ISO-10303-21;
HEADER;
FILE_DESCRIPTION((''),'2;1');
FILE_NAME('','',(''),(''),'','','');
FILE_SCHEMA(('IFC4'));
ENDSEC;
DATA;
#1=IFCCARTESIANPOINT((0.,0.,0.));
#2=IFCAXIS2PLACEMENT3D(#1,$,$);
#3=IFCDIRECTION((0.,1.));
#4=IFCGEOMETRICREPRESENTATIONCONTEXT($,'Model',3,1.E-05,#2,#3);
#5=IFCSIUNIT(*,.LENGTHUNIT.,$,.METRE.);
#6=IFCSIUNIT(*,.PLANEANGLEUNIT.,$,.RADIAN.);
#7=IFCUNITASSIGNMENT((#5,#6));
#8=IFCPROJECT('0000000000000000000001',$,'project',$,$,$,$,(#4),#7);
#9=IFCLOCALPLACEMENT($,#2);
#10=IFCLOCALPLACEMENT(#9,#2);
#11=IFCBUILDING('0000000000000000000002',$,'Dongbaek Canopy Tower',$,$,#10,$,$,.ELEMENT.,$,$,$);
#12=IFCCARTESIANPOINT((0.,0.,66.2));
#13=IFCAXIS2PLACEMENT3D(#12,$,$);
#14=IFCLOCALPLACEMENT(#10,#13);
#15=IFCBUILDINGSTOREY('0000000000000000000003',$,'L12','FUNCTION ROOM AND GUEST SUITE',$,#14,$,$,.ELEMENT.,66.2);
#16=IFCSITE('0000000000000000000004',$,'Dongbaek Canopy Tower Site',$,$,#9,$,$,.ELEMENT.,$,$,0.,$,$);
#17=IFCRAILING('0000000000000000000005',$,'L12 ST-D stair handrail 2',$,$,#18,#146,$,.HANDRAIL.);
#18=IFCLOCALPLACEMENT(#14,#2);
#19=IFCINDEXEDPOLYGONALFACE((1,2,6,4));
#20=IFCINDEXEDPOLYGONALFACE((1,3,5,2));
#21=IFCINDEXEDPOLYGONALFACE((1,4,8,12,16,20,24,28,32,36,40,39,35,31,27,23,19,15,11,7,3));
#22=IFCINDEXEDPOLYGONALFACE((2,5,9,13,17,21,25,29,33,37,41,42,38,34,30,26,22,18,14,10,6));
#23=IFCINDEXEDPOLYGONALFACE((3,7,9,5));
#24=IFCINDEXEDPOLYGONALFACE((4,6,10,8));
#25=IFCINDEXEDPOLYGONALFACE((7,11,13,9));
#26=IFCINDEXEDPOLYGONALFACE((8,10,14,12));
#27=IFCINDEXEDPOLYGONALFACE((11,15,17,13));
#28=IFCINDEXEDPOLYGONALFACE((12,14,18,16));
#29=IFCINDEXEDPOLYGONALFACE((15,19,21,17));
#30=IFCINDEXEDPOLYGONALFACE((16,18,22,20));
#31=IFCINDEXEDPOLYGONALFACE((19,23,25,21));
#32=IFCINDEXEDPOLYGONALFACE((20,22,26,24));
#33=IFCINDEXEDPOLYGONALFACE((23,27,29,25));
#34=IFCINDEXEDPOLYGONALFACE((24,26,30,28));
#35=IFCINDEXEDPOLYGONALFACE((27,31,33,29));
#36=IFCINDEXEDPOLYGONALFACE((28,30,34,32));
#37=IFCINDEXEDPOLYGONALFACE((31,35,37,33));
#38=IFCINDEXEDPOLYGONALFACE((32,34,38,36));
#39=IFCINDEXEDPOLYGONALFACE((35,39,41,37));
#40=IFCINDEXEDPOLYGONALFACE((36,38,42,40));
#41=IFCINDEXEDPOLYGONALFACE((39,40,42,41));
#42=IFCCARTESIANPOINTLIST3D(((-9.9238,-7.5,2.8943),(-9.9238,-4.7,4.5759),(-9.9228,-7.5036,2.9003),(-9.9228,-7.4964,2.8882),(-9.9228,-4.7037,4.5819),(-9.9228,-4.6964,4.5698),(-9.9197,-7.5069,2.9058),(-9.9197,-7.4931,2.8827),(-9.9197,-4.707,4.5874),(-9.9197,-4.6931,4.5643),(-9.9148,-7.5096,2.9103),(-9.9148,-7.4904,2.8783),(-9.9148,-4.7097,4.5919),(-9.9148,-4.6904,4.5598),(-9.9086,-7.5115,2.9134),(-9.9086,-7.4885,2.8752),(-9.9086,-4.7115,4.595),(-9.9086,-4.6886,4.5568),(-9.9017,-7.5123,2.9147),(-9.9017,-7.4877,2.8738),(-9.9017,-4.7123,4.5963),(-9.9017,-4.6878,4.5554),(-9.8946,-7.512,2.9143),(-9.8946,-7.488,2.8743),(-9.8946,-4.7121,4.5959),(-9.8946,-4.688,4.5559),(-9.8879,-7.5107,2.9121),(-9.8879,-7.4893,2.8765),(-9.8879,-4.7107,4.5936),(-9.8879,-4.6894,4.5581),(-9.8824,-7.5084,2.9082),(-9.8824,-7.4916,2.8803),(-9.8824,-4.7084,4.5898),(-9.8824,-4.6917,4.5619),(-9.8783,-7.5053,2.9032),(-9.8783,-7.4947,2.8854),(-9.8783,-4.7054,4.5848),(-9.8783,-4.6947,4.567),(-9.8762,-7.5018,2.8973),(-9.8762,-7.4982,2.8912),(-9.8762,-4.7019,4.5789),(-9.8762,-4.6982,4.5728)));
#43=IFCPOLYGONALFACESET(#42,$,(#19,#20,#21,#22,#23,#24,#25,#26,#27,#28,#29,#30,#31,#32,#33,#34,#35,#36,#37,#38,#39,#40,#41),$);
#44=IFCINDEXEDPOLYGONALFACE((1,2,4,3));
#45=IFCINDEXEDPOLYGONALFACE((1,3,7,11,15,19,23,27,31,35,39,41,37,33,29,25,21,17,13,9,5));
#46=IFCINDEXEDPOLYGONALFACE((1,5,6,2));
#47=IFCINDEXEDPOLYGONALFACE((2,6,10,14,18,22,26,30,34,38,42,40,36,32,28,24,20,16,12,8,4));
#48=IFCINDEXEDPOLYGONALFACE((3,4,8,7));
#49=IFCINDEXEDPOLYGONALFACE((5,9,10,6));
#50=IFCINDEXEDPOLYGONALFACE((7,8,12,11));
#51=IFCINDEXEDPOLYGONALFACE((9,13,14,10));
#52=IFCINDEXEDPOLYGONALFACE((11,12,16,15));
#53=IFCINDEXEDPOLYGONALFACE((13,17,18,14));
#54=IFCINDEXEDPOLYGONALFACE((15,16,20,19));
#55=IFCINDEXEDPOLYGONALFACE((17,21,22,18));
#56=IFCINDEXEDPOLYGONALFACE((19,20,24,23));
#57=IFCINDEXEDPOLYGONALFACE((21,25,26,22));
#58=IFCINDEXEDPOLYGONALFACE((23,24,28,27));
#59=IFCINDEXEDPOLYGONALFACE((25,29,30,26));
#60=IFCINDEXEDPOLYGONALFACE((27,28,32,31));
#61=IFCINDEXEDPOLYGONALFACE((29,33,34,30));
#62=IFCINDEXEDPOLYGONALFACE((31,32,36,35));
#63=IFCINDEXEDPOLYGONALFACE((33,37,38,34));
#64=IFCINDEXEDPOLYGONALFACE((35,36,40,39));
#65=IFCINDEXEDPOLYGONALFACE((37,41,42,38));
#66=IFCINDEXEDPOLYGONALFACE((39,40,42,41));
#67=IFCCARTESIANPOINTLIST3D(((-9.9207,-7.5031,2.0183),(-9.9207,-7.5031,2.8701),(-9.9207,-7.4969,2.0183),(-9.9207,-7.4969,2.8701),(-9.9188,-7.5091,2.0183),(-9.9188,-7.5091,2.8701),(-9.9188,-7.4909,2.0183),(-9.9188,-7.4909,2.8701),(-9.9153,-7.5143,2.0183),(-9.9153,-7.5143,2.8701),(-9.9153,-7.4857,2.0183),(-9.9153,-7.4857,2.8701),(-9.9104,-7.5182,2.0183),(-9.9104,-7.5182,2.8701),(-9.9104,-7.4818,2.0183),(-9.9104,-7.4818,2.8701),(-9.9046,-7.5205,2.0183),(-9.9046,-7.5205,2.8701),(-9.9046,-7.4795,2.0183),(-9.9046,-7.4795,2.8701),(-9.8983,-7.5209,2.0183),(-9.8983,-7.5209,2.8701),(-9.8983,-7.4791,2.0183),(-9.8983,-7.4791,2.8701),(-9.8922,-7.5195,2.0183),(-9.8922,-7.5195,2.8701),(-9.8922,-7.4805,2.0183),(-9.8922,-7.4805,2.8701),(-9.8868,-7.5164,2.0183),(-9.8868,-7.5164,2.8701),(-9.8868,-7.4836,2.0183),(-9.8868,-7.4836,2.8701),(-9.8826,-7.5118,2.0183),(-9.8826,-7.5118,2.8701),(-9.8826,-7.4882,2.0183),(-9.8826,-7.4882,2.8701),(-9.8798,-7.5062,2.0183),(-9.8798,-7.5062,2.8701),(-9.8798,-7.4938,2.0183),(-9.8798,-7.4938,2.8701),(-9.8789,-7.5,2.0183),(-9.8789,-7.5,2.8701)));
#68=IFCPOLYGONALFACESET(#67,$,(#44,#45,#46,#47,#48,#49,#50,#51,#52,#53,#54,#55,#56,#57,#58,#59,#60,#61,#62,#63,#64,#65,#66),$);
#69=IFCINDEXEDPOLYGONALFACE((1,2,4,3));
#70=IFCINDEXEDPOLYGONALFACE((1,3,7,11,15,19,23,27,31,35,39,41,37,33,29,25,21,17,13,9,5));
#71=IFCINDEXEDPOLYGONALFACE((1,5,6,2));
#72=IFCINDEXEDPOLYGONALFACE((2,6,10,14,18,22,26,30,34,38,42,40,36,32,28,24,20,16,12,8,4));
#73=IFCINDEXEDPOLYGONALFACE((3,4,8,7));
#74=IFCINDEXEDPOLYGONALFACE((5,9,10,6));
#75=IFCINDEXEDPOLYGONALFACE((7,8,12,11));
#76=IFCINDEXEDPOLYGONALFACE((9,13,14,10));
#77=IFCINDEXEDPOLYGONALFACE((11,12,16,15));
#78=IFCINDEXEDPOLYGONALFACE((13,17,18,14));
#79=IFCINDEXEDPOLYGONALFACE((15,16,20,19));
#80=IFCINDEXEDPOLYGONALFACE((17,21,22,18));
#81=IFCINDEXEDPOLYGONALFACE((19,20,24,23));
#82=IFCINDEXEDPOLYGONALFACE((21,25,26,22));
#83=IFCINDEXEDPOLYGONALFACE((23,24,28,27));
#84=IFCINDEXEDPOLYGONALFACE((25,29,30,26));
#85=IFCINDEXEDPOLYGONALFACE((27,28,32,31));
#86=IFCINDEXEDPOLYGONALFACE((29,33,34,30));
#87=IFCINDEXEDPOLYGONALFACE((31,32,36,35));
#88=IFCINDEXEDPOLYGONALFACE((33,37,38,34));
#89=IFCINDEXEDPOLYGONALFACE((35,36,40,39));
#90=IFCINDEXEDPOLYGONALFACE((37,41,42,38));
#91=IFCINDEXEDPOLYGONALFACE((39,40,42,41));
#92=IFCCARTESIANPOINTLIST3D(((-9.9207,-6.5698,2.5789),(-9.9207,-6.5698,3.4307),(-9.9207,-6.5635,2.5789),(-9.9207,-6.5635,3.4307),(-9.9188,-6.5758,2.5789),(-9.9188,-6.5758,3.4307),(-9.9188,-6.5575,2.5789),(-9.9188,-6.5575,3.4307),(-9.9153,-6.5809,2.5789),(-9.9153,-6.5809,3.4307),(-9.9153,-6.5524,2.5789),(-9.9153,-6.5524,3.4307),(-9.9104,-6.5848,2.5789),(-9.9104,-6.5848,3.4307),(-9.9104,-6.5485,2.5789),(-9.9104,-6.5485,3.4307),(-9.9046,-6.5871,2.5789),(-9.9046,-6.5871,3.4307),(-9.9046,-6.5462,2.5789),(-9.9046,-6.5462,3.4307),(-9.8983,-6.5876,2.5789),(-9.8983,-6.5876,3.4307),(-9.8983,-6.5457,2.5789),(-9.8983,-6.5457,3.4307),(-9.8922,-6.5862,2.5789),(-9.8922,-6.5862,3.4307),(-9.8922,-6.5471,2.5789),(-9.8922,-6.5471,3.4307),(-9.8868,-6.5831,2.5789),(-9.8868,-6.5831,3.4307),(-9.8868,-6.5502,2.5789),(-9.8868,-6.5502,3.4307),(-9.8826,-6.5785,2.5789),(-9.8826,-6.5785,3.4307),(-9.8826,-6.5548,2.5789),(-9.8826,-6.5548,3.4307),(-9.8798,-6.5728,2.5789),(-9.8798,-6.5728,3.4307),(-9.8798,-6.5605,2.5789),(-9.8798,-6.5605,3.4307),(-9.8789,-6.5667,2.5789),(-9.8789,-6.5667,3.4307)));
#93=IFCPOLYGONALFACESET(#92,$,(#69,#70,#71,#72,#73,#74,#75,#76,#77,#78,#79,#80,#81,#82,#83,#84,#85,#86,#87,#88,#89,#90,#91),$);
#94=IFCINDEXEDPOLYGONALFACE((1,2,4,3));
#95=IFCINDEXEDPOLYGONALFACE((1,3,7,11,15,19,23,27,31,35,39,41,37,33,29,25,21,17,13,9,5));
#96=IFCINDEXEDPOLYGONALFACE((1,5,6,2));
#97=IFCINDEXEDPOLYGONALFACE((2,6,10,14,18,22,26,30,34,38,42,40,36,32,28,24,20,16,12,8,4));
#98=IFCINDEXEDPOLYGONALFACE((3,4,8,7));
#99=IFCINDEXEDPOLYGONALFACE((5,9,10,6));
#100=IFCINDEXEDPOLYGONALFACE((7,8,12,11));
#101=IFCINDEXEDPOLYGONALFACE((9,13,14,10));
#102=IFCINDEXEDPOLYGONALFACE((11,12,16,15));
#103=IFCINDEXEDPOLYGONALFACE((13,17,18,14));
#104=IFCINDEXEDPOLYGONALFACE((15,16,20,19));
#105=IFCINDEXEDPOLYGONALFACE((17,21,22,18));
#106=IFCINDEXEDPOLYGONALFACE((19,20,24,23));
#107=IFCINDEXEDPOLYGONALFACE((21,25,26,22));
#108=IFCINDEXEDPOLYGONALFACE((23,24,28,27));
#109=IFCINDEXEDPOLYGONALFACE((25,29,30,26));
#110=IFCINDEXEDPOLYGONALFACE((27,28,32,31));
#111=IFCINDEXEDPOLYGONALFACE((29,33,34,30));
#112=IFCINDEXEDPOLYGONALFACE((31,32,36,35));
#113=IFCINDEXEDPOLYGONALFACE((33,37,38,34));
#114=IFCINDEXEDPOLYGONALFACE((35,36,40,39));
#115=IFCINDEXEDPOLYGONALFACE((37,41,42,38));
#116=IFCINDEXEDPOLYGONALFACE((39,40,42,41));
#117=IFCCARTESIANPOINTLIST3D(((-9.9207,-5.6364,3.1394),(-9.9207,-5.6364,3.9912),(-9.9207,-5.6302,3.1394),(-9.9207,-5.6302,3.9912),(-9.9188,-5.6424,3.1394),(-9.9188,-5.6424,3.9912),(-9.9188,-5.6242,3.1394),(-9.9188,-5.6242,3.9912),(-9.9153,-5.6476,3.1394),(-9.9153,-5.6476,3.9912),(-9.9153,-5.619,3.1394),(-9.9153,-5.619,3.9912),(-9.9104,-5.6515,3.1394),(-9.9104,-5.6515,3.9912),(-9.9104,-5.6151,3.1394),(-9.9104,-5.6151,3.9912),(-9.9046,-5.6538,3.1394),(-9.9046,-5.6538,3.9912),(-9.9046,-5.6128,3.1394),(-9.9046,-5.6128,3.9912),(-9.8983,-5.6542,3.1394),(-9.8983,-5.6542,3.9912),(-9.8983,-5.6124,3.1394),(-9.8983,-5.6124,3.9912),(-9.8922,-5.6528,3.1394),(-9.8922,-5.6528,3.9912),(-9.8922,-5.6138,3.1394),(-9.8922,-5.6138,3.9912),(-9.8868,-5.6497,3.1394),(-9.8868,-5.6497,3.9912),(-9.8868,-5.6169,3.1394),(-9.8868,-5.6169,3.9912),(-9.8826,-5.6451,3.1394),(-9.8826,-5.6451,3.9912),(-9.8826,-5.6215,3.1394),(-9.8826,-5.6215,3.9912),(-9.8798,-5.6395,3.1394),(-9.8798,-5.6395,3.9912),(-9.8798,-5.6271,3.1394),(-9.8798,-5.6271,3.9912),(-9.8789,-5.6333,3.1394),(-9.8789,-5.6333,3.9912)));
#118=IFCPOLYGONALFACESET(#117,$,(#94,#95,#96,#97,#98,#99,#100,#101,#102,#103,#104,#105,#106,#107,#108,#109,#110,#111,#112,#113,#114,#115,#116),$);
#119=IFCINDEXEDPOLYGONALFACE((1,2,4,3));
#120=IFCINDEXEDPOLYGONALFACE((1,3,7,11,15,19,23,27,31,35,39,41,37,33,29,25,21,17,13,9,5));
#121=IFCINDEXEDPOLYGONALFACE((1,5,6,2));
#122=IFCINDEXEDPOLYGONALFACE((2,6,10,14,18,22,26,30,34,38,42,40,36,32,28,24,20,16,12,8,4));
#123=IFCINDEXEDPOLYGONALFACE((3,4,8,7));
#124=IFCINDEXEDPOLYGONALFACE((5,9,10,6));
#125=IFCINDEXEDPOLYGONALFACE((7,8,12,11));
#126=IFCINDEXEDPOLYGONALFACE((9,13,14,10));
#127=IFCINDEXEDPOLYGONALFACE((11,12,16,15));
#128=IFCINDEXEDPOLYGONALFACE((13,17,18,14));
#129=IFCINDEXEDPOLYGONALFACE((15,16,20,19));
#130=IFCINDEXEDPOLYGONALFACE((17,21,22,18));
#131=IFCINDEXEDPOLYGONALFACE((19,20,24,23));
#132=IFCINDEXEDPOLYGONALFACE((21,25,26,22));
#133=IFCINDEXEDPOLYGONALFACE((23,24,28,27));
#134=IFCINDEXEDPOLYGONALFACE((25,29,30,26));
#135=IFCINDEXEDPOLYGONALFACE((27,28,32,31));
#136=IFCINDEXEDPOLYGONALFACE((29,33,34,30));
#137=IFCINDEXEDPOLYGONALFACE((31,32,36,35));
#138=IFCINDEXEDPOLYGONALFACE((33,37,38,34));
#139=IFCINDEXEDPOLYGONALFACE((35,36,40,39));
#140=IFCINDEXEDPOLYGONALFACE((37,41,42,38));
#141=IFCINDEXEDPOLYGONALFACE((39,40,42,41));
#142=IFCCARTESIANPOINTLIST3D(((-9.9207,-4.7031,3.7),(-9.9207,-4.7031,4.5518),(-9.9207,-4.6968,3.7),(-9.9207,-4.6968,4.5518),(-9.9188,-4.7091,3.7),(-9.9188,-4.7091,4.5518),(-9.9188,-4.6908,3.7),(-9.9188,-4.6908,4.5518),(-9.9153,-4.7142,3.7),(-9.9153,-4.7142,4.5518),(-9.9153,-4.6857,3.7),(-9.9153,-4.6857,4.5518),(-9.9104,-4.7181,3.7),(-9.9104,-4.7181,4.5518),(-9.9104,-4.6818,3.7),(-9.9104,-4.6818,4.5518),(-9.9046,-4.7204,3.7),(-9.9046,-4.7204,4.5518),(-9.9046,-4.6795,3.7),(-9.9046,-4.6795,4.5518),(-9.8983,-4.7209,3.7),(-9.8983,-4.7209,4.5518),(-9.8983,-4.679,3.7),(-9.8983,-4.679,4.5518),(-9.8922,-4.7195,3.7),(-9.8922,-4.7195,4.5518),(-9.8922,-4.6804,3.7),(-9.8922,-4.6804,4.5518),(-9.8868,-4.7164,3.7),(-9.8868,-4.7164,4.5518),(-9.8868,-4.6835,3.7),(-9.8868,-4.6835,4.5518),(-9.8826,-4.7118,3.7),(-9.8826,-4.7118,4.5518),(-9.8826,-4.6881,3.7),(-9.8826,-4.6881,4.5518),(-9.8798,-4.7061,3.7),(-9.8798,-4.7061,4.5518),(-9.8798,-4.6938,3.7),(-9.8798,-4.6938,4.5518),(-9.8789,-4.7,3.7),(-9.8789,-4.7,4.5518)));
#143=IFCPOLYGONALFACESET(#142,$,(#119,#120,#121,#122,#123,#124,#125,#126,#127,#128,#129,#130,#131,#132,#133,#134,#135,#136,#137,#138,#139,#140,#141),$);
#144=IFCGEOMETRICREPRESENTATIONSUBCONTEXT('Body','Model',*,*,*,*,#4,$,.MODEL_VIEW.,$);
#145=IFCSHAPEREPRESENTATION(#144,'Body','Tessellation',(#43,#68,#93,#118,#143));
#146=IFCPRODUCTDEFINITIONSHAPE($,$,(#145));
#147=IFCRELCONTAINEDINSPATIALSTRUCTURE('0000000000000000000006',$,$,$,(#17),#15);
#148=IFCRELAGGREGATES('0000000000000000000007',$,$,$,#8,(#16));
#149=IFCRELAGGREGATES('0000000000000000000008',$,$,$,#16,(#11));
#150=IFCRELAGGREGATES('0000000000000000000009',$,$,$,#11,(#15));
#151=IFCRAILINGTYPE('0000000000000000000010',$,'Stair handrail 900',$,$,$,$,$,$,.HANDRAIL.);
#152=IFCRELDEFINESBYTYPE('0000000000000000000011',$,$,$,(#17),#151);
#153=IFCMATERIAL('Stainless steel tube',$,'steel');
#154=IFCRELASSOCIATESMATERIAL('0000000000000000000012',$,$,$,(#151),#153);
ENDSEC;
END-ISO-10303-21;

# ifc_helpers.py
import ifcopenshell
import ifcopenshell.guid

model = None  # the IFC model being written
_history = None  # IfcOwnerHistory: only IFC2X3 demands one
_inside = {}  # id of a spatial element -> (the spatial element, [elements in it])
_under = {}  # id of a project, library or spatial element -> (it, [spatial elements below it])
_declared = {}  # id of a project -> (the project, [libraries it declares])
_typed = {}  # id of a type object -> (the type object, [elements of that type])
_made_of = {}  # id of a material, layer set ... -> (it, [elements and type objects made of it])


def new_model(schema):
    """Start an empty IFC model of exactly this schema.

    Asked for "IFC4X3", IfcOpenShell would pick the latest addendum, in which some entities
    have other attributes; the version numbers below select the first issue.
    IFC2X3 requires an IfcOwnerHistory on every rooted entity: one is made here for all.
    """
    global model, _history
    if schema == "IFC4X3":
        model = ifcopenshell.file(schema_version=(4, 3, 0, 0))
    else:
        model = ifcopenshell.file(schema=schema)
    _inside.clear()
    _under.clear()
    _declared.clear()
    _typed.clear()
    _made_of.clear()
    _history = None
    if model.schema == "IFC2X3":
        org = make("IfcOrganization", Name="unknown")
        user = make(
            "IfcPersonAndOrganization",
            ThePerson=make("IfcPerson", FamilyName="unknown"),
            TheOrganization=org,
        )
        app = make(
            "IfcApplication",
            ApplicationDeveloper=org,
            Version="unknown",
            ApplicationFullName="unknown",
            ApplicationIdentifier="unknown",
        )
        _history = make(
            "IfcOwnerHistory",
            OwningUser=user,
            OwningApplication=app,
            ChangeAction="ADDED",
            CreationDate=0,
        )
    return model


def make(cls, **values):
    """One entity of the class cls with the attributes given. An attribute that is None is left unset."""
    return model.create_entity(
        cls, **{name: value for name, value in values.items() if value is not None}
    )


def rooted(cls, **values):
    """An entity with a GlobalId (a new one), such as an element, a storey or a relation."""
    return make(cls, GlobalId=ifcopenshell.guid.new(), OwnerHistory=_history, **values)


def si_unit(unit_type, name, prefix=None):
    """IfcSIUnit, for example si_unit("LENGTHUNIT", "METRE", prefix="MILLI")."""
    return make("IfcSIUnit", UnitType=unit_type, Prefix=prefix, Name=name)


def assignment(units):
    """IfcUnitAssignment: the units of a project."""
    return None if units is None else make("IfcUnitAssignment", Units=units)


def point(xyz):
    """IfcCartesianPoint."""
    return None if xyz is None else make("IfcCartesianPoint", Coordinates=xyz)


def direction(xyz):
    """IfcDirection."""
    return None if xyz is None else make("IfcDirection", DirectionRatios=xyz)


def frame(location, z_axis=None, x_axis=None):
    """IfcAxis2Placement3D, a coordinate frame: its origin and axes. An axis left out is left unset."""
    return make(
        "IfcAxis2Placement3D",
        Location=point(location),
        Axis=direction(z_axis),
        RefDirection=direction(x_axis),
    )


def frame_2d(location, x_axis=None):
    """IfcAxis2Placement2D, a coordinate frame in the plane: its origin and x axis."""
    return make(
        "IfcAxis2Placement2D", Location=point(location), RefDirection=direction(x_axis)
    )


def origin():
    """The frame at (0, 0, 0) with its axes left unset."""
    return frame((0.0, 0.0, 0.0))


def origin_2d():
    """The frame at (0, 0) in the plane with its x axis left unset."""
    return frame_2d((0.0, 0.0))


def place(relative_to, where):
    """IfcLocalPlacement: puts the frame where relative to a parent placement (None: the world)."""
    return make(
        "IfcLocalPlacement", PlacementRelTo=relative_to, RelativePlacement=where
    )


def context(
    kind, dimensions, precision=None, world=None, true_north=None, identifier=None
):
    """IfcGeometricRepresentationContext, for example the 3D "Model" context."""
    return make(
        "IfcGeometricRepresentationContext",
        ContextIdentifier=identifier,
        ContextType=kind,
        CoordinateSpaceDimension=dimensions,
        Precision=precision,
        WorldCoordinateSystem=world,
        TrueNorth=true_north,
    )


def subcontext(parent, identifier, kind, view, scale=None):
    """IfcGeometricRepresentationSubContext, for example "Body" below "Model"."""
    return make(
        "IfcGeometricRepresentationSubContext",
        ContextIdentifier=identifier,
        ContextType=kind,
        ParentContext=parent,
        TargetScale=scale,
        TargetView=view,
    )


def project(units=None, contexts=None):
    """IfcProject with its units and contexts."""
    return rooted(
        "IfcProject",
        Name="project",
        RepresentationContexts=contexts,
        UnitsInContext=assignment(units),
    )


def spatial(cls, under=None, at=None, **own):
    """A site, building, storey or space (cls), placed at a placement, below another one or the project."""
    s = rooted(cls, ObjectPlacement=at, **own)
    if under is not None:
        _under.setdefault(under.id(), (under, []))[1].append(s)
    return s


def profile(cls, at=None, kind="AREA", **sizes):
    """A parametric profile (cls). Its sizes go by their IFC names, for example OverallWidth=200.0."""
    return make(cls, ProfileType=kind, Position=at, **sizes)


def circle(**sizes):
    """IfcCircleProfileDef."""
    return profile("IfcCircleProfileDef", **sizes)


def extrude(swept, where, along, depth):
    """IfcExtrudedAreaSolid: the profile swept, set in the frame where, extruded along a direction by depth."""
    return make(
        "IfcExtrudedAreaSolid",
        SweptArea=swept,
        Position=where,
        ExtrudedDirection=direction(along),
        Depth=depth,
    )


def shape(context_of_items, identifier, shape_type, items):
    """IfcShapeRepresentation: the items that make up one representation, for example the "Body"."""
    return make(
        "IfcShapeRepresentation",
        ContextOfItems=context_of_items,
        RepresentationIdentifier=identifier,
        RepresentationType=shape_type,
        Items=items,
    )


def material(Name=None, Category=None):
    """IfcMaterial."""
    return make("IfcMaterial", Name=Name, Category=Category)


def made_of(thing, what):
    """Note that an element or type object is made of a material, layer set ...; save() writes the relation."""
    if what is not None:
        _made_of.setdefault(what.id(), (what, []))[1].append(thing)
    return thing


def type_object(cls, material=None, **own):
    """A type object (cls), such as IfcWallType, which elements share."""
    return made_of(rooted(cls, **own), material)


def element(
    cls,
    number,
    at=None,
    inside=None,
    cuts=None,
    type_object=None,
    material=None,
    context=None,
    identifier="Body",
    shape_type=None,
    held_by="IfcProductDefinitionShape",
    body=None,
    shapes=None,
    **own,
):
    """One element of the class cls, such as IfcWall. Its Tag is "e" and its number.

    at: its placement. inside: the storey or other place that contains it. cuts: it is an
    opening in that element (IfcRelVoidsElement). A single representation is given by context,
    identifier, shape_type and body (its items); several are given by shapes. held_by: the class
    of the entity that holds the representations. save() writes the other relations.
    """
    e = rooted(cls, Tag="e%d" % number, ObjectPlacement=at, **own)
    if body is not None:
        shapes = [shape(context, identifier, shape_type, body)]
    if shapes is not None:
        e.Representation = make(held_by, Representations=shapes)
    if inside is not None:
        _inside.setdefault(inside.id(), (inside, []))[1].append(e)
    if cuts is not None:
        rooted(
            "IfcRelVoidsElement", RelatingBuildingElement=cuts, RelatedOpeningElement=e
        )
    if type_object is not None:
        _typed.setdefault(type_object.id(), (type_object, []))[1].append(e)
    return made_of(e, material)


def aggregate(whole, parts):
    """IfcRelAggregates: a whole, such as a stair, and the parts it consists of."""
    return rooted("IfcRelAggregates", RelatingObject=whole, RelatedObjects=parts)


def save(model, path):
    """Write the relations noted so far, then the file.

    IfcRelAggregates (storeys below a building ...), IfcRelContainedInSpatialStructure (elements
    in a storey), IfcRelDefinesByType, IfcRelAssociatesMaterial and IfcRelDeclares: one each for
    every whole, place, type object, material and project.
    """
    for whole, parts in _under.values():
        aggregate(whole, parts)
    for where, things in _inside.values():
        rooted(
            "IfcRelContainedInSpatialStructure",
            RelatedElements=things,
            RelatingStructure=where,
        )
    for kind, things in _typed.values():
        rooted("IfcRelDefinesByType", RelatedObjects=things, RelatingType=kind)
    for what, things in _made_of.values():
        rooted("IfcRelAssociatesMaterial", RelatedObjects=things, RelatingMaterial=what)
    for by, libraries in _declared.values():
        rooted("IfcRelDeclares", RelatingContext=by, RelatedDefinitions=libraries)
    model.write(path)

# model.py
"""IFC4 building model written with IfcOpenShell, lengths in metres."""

from ifc_helpers import new_model, si_unit, direction, frame, origin, origin_2d, place, context, subcontext, project, spatial, circle, extrude, material, type_object, element, save


model = new_model("IFC4")

# Units and contexts
model_context = context("Model", 3, precision=1e-05, world=origin(), true_north=direction((0.0, 1.0)))
body_context = subcontext(model_context, "Body", "Model", "MODEL_VIEW")
ifc_project = project(units=[si_unit("LENGTHUNIT", "METRE"), si_unit("PLANEANGLEUNIT", "RADIAN")], contexts=[model_context])

# Site, building, storey
site_placement = place(None, origin())
site = spatial("IfcSite", under=ifc_project, at=site_placement, Name="Dongbaek Canopy Tower Site", CompositionType="ELEMENT", RefElevation=0.0)
building_placement = place(site_placement, origin())
building = spatial("IfcBuilding", under=site, at=building_placement, Name="Dongbaek Canopy Tower", CompositionType="ELEMENT")
storey_placement = place(building_placement, frame((0.0, 0.0, 66.2)))
storey = spatial("IfcBuildingStorey", under=building, at=storey_placement, Name="L12", Description="FUNCTION ROOM AND GUEST SUITE", CompositionType="ELEMENT", Elevation=66.2)

# Railing
ifc_material_1 = material(Name="Stainless steel tube", Category="steel")
railing_type_1 = type_object("IfcRailingType", Name="Stair handrail 900", PredefinedType="HANDRAIL", material=ifc_material_1)
railing_1_placement = place(storey_placement, frame((-9.8999, -7.5, 2.0183)))
element("IfcRailing", 1, at=railing_1_placement, inside=storey, type_object=railing_type_1, Name="L12 ST-D stair handrail 2", PredefinedType="HANDRAIL", context=body_context, shape_type="SweptSolid", body=[
    extrude(circle(Radius=0.0239, at=origin_2d()), frame((0.0, 0.0, 0.876), z_axis=(0.0, 0.857275, 0.514858), x_axis=(-1.0, 0.0, 0.0)), (0.0, 0.0, 1.0), 3.2661),
    extrude(circle(Radius=0.021, at=origin_2d()), origin(), (0.0, 0.0, 1.0), 0.8518),
    extrude(circle(Radius=0.021, at=origin_2d()), frame((0.0, 0.9333, 0.5605)), (0.0, 0.0, 1.0), 0.8518),
    extrude(circle(Radius=0.021, at=origin_2d()), frame((0.0, 1.8667, 1.1211)), (0.0, 0.0, 1.0), 0.8518),
    extrude(circle(Radius=0.021, at=origin_2d()), frame((0.0, 2.8, 1.6816)), (0.0, 0.0, 1.0), 0.8518),
])

save(model, "model.ifc")
